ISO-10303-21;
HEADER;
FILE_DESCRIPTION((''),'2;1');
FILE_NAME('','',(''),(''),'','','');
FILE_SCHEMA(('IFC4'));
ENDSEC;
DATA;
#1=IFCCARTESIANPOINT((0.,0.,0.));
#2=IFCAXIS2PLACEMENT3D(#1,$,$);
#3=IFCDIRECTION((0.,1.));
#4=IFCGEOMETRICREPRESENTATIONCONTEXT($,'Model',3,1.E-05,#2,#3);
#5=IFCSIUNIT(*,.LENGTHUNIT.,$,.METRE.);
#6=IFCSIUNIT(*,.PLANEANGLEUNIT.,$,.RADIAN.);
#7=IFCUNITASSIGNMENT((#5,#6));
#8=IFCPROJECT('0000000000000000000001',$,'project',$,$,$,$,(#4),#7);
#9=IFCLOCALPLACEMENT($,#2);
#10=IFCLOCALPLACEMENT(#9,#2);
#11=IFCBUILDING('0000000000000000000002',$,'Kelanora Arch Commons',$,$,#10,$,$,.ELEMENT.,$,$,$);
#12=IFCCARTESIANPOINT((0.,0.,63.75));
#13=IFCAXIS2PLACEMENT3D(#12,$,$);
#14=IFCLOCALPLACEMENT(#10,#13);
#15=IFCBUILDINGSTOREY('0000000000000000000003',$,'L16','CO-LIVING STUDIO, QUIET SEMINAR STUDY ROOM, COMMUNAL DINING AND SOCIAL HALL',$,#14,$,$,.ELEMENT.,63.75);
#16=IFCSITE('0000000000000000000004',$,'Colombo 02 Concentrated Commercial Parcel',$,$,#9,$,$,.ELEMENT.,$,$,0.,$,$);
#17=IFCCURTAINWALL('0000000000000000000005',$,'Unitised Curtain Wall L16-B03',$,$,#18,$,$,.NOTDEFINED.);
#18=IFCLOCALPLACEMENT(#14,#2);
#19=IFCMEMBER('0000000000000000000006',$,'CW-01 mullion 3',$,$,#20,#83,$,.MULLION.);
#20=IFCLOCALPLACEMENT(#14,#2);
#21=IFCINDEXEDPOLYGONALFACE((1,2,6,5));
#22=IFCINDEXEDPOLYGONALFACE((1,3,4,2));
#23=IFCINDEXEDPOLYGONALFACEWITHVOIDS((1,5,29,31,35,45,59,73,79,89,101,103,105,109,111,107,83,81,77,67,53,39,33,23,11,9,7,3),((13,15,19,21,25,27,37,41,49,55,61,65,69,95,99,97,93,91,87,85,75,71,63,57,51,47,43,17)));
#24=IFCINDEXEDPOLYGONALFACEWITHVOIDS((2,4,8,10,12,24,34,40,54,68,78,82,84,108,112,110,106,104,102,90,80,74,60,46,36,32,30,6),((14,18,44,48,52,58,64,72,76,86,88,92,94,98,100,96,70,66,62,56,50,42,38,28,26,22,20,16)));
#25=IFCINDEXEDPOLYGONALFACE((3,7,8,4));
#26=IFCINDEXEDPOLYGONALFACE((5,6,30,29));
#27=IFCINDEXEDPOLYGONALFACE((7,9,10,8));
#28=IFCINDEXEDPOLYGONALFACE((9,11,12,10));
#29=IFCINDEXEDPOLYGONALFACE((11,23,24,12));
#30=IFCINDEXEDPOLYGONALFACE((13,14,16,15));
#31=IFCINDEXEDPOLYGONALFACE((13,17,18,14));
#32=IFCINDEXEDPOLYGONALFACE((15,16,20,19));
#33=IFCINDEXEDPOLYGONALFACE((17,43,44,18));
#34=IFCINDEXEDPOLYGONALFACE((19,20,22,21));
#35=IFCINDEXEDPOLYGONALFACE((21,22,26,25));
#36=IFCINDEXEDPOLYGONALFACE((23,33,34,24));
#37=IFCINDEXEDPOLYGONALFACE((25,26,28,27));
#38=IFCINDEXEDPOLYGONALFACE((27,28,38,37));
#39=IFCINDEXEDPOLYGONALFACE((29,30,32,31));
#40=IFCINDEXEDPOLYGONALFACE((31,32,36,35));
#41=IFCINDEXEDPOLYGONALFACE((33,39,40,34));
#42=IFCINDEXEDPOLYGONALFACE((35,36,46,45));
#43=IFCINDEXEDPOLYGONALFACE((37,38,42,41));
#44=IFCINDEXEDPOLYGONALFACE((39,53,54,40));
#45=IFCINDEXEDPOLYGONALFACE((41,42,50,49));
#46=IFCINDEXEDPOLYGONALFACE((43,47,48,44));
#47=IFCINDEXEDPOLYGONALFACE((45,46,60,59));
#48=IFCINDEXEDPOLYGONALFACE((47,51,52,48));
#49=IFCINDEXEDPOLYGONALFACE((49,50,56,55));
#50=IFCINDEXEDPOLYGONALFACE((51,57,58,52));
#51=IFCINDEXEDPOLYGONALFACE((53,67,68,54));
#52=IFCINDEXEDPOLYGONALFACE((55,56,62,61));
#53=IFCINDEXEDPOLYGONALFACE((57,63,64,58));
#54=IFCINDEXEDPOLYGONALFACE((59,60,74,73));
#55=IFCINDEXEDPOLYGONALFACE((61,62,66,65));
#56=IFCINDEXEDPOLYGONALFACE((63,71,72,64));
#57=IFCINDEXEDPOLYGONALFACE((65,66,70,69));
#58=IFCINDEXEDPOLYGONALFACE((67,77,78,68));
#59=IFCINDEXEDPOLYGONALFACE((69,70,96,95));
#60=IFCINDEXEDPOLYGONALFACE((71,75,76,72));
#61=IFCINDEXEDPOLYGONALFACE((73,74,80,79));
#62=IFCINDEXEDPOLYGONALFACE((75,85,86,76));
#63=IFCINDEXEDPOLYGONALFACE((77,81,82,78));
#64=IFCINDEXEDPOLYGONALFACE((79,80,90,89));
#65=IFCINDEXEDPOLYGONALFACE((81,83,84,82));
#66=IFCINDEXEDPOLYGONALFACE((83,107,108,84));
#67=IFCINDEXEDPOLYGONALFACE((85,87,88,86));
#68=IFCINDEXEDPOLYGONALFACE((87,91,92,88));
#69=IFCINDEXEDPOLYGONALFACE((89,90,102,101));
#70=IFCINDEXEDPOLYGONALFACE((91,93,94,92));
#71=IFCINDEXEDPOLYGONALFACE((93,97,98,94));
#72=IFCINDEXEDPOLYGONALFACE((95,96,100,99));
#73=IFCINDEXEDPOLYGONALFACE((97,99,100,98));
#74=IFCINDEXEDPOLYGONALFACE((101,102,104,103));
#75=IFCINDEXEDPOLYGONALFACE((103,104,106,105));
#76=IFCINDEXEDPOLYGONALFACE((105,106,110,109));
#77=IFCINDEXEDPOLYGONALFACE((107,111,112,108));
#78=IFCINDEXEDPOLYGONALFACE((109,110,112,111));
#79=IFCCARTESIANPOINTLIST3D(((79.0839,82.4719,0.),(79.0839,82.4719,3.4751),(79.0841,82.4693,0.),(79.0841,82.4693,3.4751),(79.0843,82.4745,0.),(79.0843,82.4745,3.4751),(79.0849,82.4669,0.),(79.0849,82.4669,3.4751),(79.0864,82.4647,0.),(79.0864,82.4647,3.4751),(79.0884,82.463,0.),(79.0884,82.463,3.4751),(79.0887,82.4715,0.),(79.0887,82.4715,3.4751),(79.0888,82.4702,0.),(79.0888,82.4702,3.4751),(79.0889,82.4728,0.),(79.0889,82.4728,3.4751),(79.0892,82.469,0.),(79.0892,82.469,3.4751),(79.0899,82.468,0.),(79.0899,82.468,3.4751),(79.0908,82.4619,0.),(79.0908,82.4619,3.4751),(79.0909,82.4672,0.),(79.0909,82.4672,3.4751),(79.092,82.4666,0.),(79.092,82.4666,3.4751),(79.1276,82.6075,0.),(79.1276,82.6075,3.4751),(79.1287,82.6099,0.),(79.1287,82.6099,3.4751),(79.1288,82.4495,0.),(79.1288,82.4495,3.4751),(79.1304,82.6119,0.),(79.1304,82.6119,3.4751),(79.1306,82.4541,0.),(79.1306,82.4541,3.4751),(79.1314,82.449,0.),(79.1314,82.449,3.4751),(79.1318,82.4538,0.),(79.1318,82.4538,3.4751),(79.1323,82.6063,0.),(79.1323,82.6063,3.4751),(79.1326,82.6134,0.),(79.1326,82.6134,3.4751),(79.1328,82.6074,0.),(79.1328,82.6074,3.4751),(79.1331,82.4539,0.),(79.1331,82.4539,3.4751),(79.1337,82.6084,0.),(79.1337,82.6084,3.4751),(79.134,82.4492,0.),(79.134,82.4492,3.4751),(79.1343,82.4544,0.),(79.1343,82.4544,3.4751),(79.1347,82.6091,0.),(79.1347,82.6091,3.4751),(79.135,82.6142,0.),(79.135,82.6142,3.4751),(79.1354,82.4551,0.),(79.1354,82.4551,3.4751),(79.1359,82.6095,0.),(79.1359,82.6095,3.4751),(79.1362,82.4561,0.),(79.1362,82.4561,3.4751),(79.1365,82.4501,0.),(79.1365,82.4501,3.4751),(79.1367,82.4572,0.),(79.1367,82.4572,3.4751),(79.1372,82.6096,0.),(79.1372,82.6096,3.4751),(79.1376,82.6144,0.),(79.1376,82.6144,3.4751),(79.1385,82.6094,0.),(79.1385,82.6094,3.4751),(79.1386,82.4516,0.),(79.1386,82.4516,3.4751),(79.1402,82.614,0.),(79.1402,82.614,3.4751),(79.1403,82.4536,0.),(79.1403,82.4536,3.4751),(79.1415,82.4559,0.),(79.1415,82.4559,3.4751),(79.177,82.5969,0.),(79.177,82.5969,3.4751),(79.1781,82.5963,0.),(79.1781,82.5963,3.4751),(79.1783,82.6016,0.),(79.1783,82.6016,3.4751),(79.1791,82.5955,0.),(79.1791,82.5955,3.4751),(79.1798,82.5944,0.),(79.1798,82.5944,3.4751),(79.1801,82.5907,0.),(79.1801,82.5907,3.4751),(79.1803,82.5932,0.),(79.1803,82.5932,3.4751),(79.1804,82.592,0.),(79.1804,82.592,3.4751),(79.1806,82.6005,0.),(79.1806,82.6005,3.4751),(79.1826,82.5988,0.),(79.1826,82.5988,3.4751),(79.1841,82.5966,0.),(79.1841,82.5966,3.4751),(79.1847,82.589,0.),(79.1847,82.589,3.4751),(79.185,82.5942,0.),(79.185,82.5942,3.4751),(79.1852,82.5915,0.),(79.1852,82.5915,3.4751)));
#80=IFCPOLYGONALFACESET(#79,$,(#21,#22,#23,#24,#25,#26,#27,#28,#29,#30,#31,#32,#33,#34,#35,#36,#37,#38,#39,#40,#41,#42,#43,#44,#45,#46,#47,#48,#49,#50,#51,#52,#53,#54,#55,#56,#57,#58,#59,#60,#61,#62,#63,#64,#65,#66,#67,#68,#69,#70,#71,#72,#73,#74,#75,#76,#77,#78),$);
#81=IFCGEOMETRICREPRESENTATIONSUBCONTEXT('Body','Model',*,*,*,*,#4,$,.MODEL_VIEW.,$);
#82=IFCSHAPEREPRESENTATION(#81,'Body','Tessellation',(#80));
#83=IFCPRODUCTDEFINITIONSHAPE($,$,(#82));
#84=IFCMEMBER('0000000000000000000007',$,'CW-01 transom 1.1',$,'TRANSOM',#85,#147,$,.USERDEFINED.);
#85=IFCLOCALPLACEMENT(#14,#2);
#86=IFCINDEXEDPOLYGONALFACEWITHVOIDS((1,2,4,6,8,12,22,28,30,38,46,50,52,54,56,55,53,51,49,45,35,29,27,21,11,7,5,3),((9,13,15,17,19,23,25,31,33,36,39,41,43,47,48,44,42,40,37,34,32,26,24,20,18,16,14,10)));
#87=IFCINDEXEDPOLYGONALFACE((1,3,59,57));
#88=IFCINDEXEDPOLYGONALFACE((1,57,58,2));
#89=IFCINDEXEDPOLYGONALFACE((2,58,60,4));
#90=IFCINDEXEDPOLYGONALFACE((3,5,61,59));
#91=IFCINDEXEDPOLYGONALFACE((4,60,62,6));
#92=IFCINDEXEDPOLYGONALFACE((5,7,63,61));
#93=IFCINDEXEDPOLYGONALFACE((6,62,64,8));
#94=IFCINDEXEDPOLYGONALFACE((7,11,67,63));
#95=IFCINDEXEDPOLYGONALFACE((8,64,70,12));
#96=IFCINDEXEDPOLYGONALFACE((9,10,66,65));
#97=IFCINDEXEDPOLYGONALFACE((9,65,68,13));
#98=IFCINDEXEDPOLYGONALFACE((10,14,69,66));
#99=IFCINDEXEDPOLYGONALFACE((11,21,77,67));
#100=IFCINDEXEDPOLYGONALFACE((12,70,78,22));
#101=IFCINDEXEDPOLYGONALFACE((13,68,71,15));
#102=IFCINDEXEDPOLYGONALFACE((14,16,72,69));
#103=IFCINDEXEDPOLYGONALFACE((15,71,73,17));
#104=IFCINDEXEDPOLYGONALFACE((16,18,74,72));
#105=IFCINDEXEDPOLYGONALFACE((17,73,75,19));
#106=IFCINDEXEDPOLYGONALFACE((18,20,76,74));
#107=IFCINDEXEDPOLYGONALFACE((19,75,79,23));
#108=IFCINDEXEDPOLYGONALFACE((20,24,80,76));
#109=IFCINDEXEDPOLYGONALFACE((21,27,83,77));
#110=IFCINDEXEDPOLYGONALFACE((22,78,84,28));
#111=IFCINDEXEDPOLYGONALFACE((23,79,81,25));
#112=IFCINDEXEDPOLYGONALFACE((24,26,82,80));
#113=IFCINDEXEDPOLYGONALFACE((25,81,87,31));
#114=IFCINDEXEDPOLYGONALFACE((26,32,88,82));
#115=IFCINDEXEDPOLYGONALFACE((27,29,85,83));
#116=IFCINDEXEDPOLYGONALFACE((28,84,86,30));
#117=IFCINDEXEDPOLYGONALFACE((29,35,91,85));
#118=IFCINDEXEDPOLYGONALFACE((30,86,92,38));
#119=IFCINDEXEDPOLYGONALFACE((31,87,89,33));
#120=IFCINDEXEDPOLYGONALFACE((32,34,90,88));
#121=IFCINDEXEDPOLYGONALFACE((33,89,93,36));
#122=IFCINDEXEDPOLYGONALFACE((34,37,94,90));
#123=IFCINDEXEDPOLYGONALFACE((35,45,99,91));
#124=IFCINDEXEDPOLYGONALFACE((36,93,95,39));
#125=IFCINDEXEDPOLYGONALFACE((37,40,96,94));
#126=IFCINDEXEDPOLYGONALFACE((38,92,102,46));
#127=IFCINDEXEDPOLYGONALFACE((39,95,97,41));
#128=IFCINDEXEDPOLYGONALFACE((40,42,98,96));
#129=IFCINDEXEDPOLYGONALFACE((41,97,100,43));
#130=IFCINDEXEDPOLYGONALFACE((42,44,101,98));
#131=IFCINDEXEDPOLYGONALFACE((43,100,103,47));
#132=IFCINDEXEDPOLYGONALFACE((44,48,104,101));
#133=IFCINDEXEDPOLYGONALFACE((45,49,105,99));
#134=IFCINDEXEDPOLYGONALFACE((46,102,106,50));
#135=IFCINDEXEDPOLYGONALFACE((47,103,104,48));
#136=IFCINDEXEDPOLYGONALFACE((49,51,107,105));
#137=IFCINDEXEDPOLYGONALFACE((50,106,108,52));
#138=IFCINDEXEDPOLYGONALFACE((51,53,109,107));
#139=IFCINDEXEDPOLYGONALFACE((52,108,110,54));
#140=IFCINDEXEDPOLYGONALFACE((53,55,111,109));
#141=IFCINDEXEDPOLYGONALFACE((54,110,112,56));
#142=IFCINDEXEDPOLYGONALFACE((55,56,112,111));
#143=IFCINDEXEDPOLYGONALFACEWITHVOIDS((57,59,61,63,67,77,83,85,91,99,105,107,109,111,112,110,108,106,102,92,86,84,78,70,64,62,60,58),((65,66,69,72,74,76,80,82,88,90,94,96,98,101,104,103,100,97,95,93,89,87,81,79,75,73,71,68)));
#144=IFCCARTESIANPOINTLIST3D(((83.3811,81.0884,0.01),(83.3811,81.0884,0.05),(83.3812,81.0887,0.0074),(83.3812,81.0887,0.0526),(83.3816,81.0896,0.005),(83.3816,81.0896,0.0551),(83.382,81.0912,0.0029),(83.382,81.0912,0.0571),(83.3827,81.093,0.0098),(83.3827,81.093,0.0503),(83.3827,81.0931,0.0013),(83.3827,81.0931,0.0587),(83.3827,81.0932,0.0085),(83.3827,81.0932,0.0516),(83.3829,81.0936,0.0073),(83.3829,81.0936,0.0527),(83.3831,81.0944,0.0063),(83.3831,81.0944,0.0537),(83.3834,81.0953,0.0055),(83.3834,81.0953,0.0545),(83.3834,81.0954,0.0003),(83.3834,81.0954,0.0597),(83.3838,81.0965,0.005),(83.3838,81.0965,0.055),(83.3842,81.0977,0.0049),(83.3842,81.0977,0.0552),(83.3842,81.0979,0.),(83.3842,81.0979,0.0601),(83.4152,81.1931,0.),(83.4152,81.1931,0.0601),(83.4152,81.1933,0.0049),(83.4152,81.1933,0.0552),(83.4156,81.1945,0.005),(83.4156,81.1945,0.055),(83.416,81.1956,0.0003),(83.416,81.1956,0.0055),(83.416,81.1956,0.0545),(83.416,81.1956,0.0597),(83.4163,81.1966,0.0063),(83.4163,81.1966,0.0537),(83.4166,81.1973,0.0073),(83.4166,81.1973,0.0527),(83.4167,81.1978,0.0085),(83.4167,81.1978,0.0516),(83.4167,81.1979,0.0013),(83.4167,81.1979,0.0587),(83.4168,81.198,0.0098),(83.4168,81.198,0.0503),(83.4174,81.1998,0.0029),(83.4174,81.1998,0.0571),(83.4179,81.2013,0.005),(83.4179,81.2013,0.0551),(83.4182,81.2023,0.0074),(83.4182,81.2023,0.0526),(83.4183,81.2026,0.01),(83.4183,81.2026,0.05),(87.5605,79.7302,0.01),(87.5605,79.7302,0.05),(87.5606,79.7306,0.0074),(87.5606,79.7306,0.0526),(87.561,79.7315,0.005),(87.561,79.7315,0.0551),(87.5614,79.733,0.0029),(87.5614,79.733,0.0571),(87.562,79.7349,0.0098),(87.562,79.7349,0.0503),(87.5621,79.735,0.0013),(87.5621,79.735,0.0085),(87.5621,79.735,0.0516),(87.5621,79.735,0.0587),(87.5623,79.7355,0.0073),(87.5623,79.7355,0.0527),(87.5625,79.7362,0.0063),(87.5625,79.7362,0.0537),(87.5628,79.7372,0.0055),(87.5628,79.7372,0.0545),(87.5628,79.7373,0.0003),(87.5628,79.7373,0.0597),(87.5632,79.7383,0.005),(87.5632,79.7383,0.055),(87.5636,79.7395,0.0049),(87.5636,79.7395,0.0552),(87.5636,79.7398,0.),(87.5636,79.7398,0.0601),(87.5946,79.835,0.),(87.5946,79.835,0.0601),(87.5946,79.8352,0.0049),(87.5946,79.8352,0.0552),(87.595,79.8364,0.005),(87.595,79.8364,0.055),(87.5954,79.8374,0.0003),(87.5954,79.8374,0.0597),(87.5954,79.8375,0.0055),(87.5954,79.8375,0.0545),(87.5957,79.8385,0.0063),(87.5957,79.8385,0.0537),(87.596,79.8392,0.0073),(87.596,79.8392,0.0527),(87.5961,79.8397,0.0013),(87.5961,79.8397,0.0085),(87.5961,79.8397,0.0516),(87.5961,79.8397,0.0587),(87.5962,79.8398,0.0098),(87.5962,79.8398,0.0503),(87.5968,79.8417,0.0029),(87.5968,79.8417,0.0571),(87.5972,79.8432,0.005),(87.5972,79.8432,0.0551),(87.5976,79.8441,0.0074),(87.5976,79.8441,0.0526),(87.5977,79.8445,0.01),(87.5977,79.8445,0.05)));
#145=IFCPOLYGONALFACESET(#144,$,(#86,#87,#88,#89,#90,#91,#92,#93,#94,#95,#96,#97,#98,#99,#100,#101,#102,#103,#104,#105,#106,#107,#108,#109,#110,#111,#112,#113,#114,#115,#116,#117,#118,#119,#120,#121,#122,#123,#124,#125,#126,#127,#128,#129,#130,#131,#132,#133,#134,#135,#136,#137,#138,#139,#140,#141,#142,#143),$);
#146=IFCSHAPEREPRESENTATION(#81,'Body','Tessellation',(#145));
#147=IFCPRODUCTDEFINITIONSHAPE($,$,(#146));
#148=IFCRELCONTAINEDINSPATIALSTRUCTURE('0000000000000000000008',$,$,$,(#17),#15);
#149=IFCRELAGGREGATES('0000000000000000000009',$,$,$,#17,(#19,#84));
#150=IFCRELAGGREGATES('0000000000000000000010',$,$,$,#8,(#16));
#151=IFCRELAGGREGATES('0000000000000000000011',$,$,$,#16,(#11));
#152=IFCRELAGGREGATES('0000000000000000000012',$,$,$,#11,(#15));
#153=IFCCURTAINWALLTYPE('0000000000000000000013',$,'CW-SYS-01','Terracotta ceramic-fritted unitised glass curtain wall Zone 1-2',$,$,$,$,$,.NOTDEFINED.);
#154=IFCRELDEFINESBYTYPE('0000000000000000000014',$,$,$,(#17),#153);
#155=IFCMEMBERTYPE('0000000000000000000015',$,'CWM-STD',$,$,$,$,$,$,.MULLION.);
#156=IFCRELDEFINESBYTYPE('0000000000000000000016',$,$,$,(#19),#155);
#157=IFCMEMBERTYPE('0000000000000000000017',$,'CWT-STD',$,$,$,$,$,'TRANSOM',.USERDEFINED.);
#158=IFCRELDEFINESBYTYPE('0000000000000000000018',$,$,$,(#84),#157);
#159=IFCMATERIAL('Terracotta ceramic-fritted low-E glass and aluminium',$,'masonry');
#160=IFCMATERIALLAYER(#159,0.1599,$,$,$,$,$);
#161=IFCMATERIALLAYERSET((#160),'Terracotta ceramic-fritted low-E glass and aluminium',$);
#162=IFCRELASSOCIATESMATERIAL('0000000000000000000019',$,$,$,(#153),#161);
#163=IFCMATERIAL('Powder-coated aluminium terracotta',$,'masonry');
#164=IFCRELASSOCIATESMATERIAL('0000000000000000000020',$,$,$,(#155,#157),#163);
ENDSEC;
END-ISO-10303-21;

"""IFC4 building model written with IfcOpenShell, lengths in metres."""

from ifc_helpers import new_model, si_unit, direction, frame, origin, origin_2d, place, context, subcontext, project, spatial, hollow_rectangle, extrude, material, layer, layer_set, material_profile, profile_set, type_object, element, aggregate, save


model = new_model("IFC4")

# Units and contexts
model_context = context("Model", 3, precision=1e-05, world=origin(), true_north=direction((0.0, 1.0)))
body_context = subcontext(model_context, "Body", "Model", "MODEL_VIEW")
ifc_project = project(units=[si_unit("LENGTHUNIT", "METRE"), si_unit("PLANEANGLEUNIT", "RADIAN")], contexts=[model_context])

# Site, building, storey
site_placement = place(None, origin())
site = spatial("IfcSite", under=ifc_project, at=site_placement, Name="Colombo 02 Concentrated Commercial Parcel", CompositionType="ELEMENT", RefElevation=0.0)
building_placement = place(site_placement, origin())
building = spatial("IfcBuilding", under=site, at=building_placement, Name="Kelanora Arch Commons", CompositionType="ELEMENT")
storey_placement = place(building_placement, frame((0.0, 0.0, 63.75)))
storey = spatial("IfcBuildingStorey", under=building, at=storey_placement, Name="L16", Description="CO-LIVING STUDIO, QUIET SEMINAR STUDY ROOM, COMMUNAL DINING AND SOCIAL HALL", CompositionType="ELEMENT", Elevation=63.75)

# Curtain wall, members
ifc_material_1 = material(Name="Terracotta ceramic-fritted low-E glass and aluminium", Category="masonry")
ifc_layer_1 = layer(ifc_material_1, 0.1599)
ifc_layer_set_1 = layer_set([ifc_layer_1], Name="Terracotta ceramic-fritted low-E glass and aluminium")
curtain_wall_type = type_object("IfcCurtainWallType", Name="CW-SYS-01", Description="Terracotta ceramic-fritted unitised glass curtain wall Zone 1-2", PredefinedType="NOTDEFINED", material=ifc_layer_set_1)
curtain_wall_placement = place(storey_placement, origin())
curtain_wall = element("IfcCurtainWall", 1, at=curtain_wall_placement, inside=storey, type_object=curtain_wall_type, Name="Unitised Curtain Wall L16-B03", PredefinedType="NOTDEFINED")
ifc_material_2 = material(Name="Powder-coated aluminium terracotta", Category="masonry")
ifc_material_profile_1 = material_profile(ifc_material_2, hollow_rectangle(XDim=0.1599, YDim=0.0601, WallThickness=0.0049, InnerFilletRadius=0.0049, OuterFilletRadius=0.01, at=origin_2d()), Name="CWM160x60")
ifc_profile_set_1 = profile_set([ifc_material_profile_1], Name="Powder-coated aluminium terracotta")
member_type_1 = type_object("IfcMemberType", Name="CWM-STD", PredefinedType="MULLION", material=ifc_profile_set_1)
member_1_placement = place(storey_placement, frame((79.1345, 82.5317, 0.0), z_axis=(0.0, 0.0, 1.0), x_axis=(-0.309058, -0.951043, 0.0)))
member_1 = element("IfcMember", 2, at=member_1_placement, type_object=member_type_1, Name="CW-01 mullion 3", PredefinedType="MULLION", context=body_context, shape_type="SweptSolid", body=[
    extrude(hollow_rectangle(XDim=0.1599, YDim=0.0601, WallThickness=0.0049, InnerFilletRadius=0.0049, OuterFilletRadius=0.01, at=origin_2d()), origin(), (0.0, 0.0, 1.0), 3.4751),
])
ifc_material_profile_2 = material_profile(ifc_material_2, hollow_rectangle(XDim=0.1201, YDim=0.0601, WallThickness=0.0049, InnerFilletRadius=0.0049, OuterFilletRadius=0.01, at=origin_2d()), Name="CWT120x60")
ifc_profile_set_2 = profile_set([ifc_material_profile_2], Name="Powder-coated aluminium terracotta")
member_type_2 = type_object("IfcMemberType", Name="CWT-STD", ElementType="TRANSOM", PredefinedType="USERDEFINED", material=ifc_profile_set_2)
member_2_placement = place(storey_placement, frame((87.5791, 79.7874, 0.03), z_axis=(-0.951045, 0.309052, 0.0), x_axis=(-0.309052, -0.951045, 0.0)))
member_2 = element("IfcMember", 3, at=member_2_placement, type_object=member_type_2, Name="CW-01 transom 1.1", ObjectType="TRANSOM", PredefinedType="USERDEFINED", context=body_context, shape_type="SweptSolid", body=[
    extrude(hollow_rectangle(XDim=0.1201, YDim=0.0601, WallThickness=0.0049, InnerFilletRadius=0.0049, OuterFilletRadius=0.01, at=origin_2d()), origin(), (0.0, 0.0, 1.0), 4.3945),
])
aggregate(curtain_wall, [member_1, member_2])

save(model, "model.ifc")
